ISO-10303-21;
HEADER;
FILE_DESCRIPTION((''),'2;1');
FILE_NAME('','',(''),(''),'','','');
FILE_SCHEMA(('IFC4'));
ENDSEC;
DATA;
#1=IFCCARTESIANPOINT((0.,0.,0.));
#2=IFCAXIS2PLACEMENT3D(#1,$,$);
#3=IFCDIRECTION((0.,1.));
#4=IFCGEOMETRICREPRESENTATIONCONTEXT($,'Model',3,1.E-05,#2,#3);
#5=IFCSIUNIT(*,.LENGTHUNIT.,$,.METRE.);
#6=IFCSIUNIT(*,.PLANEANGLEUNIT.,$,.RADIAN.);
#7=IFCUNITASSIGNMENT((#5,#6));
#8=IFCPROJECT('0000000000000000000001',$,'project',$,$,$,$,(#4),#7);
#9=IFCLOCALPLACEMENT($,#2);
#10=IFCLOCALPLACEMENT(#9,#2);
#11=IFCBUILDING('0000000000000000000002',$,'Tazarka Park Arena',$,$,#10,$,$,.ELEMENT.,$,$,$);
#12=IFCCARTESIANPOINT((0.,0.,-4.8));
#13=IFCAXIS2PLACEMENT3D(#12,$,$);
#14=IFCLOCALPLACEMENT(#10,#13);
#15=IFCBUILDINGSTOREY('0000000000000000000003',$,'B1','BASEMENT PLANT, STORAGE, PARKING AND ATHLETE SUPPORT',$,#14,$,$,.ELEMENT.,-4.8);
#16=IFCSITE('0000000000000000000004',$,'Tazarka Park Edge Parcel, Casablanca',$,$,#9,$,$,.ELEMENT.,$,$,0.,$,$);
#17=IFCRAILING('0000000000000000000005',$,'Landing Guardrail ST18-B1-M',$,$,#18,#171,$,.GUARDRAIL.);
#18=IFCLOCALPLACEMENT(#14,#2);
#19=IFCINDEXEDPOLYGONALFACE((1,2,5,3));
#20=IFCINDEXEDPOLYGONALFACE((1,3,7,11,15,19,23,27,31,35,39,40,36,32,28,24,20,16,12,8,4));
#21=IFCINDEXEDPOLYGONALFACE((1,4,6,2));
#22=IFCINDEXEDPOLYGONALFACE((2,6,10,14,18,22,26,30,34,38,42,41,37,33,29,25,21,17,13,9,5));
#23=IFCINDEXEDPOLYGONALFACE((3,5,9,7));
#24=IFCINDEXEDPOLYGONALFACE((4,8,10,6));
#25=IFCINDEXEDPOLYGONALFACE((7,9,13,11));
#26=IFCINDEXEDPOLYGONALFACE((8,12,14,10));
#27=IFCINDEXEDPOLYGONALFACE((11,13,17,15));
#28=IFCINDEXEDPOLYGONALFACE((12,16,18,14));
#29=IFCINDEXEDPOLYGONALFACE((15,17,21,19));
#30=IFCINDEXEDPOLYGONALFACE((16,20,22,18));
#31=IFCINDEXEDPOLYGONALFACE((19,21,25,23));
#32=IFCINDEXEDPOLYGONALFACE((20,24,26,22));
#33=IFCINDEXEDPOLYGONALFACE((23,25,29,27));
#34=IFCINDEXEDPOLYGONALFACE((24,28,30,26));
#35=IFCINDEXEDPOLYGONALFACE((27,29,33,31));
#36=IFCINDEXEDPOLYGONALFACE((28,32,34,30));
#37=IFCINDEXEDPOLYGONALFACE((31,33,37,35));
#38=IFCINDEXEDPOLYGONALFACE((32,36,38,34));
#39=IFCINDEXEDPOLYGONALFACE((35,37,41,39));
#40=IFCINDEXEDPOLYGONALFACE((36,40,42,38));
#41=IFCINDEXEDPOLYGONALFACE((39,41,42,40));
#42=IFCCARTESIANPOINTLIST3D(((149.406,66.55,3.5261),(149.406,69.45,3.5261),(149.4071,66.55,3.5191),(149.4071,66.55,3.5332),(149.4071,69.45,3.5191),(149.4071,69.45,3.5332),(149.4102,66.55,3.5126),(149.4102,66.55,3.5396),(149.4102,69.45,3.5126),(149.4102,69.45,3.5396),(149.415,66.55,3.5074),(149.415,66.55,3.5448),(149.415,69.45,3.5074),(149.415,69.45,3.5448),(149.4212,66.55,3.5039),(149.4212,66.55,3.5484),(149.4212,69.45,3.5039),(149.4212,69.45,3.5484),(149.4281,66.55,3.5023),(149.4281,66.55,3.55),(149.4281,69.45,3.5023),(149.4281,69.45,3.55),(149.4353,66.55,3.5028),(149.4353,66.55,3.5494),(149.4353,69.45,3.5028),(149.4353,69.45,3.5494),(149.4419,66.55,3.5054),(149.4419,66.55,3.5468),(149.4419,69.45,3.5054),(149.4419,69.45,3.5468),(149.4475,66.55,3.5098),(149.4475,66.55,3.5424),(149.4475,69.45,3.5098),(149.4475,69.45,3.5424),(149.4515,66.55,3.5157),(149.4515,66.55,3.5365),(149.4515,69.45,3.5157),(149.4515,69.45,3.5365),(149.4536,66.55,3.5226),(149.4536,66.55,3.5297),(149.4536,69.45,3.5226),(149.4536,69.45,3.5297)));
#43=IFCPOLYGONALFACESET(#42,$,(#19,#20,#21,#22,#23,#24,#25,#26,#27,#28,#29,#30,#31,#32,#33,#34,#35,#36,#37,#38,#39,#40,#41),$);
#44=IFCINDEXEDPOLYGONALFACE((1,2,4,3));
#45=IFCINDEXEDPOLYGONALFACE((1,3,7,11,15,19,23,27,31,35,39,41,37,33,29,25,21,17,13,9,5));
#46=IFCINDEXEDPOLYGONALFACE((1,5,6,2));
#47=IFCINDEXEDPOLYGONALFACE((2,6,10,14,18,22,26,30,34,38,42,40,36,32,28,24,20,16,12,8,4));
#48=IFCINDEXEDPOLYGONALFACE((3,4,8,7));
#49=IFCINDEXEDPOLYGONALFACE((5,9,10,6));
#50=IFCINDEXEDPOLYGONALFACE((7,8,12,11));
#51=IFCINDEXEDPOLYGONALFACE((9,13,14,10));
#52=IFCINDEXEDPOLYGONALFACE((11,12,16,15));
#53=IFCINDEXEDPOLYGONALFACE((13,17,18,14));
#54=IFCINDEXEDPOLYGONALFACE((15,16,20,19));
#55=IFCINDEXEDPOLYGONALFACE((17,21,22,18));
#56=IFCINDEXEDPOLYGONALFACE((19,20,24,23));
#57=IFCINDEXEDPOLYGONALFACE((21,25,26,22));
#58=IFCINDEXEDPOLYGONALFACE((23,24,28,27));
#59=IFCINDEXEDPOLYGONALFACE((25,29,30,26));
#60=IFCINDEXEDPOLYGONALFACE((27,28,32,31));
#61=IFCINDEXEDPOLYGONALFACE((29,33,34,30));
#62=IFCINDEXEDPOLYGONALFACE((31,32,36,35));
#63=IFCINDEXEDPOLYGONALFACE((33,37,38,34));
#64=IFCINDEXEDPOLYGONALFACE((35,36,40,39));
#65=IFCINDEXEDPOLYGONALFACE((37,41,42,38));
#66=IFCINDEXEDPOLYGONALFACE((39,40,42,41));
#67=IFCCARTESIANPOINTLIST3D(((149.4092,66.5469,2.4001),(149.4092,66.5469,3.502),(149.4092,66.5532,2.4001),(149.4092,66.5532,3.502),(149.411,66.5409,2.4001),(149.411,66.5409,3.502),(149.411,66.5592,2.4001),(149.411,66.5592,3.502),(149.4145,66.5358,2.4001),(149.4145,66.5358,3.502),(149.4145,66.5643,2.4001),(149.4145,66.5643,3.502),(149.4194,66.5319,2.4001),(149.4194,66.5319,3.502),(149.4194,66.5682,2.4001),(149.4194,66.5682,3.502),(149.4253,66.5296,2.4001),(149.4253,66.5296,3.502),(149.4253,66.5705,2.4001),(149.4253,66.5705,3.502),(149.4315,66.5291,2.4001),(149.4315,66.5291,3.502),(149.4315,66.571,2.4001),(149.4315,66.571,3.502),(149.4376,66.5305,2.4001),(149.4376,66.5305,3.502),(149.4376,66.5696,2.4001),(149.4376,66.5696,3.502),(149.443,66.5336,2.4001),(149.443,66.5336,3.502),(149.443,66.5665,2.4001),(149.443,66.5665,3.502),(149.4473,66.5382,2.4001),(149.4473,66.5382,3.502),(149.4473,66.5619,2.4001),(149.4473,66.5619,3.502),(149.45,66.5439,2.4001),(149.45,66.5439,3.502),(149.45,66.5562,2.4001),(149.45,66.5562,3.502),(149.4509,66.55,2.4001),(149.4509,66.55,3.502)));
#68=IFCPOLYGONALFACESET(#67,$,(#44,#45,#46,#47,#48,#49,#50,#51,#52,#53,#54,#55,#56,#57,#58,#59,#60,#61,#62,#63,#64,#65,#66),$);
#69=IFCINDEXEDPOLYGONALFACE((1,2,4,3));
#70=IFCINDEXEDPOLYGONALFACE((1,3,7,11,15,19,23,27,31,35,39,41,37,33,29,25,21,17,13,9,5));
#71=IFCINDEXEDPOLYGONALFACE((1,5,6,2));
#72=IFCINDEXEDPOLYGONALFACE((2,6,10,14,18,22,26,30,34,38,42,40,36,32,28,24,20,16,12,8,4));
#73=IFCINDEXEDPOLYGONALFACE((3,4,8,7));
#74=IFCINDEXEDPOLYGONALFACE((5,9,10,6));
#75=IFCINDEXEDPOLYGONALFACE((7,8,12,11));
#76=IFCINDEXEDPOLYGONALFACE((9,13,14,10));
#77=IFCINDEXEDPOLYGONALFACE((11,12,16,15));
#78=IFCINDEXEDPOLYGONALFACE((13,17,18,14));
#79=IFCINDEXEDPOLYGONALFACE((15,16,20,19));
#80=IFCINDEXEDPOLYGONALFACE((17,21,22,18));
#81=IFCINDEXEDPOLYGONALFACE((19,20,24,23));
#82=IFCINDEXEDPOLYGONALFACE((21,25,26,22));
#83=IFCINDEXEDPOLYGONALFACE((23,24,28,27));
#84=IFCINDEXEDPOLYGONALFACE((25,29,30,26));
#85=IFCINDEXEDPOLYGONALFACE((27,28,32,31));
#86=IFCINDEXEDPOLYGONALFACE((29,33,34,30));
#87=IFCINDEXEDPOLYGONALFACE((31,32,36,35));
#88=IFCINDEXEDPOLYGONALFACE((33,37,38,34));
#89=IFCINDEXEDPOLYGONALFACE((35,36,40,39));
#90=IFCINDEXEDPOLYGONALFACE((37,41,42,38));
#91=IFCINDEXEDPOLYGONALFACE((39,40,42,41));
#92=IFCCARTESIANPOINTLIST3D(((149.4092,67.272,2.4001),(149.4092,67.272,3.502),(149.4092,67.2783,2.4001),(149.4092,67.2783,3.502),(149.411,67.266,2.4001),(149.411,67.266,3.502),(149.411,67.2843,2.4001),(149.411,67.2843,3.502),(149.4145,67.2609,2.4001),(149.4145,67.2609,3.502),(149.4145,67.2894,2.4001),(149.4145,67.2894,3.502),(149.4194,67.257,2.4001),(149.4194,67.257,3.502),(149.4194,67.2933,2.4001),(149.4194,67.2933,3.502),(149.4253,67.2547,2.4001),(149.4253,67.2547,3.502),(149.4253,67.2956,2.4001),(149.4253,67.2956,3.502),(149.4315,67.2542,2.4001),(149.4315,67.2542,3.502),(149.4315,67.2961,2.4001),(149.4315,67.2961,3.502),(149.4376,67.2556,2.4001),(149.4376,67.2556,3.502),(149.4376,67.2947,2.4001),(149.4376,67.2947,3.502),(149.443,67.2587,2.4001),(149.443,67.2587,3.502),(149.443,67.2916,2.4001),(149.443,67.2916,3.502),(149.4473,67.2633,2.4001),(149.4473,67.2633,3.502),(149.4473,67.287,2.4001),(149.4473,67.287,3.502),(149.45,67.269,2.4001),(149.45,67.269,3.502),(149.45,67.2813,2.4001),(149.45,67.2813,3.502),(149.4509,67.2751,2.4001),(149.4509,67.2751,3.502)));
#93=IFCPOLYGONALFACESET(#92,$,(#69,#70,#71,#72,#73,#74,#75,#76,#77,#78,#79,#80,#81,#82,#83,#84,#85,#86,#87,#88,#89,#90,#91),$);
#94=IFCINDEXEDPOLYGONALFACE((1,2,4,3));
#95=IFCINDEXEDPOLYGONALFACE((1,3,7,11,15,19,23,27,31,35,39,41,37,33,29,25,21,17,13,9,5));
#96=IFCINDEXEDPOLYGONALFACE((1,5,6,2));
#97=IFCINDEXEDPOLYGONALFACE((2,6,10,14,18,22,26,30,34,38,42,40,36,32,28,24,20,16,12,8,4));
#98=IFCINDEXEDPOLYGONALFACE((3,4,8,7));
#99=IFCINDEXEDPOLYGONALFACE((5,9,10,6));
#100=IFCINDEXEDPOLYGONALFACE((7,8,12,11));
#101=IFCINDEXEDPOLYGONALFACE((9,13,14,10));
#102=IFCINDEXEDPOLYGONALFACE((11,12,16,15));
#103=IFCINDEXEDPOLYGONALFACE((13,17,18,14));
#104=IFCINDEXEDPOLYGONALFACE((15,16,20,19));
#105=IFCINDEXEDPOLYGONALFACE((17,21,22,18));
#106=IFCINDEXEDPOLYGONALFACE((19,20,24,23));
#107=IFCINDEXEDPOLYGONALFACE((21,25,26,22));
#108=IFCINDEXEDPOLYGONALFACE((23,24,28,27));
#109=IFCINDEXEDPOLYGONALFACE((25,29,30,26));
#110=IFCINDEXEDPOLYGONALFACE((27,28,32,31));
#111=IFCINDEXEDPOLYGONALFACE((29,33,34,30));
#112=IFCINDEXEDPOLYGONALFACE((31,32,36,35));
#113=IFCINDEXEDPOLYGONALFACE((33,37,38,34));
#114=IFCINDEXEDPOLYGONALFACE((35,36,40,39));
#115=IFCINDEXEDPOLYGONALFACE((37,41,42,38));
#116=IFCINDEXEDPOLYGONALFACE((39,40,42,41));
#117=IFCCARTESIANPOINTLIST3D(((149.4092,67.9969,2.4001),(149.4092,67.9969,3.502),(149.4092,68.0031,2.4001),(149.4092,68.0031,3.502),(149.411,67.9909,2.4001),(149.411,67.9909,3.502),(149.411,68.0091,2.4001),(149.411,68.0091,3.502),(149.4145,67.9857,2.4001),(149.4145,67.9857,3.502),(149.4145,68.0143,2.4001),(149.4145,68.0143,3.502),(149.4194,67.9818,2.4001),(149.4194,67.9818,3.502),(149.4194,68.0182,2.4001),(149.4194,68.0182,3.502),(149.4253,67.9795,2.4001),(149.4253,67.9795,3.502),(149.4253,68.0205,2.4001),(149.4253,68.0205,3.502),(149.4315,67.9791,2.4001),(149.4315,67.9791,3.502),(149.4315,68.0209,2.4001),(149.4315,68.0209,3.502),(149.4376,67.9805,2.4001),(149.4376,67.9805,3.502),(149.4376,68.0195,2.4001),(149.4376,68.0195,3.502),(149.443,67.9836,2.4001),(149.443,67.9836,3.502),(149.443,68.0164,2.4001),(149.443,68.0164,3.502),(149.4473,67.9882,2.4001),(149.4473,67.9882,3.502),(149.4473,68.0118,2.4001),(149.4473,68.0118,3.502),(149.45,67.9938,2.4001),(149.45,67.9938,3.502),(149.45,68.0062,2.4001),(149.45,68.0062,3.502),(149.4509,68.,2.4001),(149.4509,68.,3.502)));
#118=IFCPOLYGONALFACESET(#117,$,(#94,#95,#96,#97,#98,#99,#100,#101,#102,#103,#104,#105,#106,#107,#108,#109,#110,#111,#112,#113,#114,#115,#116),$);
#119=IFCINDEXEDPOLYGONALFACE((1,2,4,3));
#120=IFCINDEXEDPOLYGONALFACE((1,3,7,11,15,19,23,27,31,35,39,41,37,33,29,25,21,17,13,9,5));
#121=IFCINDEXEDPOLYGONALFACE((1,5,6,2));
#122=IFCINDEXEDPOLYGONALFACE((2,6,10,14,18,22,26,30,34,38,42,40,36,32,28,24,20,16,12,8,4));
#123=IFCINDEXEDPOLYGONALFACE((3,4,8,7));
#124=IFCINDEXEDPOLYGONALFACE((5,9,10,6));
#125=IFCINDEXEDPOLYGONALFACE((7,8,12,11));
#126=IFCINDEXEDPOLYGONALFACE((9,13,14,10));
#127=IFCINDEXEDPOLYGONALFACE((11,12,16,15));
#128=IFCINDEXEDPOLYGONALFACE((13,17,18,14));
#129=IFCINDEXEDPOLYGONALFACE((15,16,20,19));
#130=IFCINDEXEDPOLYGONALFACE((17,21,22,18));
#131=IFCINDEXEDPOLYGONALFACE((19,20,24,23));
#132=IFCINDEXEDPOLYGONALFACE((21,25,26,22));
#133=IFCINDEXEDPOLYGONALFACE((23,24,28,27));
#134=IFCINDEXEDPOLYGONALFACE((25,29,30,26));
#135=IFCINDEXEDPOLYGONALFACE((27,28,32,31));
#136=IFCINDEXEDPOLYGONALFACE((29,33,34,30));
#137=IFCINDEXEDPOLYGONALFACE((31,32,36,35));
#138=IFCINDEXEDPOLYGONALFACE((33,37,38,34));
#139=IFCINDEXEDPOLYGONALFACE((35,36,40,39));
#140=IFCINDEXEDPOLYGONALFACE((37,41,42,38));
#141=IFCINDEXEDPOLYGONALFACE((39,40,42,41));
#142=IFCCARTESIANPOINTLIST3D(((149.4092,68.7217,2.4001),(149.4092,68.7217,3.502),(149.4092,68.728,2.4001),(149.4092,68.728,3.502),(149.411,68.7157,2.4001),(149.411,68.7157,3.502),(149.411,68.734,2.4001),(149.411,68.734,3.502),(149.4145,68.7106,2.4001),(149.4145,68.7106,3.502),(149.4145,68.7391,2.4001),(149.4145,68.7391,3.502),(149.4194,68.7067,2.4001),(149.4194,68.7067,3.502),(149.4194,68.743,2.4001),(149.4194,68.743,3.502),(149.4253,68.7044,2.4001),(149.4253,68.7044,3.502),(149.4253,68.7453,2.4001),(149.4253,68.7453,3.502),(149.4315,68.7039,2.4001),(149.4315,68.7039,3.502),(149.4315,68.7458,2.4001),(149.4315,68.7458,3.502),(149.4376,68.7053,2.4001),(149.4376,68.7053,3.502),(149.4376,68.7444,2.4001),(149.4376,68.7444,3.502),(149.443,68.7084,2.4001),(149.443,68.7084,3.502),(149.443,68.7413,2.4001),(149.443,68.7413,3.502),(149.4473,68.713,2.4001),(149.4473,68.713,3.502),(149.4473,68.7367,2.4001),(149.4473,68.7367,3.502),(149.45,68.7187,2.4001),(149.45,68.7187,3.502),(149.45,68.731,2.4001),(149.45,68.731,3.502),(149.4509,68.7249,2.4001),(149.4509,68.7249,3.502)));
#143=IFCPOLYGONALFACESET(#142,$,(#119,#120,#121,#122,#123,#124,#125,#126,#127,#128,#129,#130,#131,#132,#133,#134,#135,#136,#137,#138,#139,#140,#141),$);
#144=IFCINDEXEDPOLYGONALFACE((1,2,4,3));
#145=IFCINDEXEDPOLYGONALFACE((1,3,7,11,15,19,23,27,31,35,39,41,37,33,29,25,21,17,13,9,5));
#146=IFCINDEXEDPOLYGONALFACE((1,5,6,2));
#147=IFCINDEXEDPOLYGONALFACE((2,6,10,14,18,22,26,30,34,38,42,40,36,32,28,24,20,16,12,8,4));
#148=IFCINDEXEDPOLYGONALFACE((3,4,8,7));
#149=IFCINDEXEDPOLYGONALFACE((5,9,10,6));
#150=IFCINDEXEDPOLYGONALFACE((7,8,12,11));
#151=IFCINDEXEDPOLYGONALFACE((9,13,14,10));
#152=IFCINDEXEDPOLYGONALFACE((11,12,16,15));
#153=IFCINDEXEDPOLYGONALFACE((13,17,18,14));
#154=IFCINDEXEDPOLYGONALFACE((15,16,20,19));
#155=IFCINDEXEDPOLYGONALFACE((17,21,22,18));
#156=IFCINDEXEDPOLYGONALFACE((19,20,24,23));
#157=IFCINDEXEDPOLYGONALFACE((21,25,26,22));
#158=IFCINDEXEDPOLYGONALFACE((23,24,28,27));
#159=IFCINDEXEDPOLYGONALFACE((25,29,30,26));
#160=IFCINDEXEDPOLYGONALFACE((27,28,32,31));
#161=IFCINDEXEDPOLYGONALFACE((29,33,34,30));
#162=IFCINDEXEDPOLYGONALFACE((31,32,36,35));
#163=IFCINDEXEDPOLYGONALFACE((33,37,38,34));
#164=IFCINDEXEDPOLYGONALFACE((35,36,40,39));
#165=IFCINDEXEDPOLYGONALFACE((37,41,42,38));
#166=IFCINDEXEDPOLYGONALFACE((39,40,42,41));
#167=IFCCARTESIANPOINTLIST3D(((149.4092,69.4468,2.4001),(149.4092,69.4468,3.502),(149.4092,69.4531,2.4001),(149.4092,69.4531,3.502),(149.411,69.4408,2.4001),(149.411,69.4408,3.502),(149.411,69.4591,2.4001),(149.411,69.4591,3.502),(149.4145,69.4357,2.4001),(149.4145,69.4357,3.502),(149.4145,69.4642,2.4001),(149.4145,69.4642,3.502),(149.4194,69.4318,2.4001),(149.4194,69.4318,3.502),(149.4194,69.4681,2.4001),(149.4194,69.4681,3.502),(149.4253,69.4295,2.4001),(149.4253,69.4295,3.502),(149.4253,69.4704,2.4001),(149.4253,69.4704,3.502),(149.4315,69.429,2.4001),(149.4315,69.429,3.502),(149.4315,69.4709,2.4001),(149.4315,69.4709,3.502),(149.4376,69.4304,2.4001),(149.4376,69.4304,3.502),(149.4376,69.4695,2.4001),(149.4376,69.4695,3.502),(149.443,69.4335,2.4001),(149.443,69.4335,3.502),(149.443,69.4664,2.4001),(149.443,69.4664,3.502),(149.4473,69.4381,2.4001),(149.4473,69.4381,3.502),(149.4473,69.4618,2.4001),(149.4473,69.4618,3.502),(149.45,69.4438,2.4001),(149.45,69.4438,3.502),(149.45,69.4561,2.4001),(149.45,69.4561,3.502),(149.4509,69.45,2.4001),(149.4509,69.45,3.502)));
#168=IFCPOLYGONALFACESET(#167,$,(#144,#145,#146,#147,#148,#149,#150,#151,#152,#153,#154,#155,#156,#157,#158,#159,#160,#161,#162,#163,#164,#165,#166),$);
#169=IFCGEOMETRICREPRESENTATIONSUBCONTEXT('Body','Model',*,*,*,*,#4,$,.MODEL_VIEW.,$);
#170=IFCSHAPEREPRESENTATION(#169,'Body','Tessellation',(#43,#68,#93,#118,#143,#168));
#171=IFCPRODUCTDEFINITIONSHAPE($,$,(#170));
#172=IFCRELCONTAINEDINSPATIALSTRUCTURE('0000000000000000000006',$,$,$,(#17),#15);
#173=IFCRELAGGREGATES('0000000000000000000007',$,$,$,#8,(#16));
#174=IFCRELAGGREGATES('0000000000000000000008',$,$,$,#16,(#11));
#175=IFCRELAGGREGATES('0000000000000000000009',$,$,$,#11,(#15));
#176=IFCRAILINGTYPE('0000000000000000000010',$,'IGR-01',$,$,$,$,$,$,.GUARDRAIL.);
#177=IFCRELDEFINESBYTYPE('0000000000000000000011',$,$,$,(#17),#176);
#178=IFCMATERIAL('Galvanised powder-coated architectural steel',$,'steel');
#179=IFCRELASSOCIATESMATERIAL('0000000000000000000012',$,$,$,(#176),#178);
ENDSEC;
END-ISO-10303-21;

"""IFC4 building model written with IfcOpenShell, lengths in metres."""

from ifc_helpers import new_model, si_unit, direction, frame, origin, origin_2d, place, context, subcontext, project, spatial, circle, extrude, material, type_object, element, save


model = new_model("IFC4")

# Units and contexts
model_context = context("Model", 3, precision=1e-05, world=origin(), true_north=direction((0.0, 1.0)))
body_context = subcontext(model_context, "Body", "Model", "MODEL_VIEW")
ifc_project = project(units=[si_unit("LENGTHUNIT", "METRE"), si_unit("PLANEANGLEUNIT", "RADIAN")], contexts=[model_context])

# Site, building, storey
site_placement = place(None, origin())
site = spatial("IfcSite", under=ifc_project, at=site_placement, Name="Tazarka Park Edge Parcel, Casablanca", CompositionType="ELEMENT", RefElevation=0.0)
building_placement = place(site_placement, origin())
building = spatial("IfcBuilding", under=site, at=building_placement, Name="Tazarka Park Arena", CompositionType="ELEMENT")
storey_placement = place(building_placement, frame((0.0, 0.0, -4.8)))
storey = spatial("IfcBuildingStorey", under=building, at=storey_placement, Name="B1", Description="BASEMENT PLANT, STORAGE, PARKING AND ATHLETE SUPPORT", CompositionType="ELEMENT", Elevation=-4.8)

# Railing
ifc_material_1 = material(Name="Galvanised powder-coated architectural steel", Category="steel")
railing_type_1 = type_object("IfcRailingType", Name="IGR-01", PredefinedType="GUARDRAIL", material=ifc_material_1)
railing_1_placement = place(storey_placement, frame((149.4299, 66.55, 2.4001)))
element("IfcRailing", 1, at=railing_1_placement, inside=storey, type_object=railing_type_1, Name="Landing Guardrail ST18-B1-M", PredefinedType="GUARDRAIL", context=body_context, shape_type="SweptSolid", body=[
    extrude(circle(Radius=0.0239, at=origin_2d()), frame((0.0, 0.0, 1.126), z_axis=(0.0, 1.0, 0.0), x_axis=(-1.0, 0.0, 0.0)), (0.0, 0.0, 1.0), 2.8999),
    extrude(circle(Radius=0.021, at=origin_2d()), origin(), (0.0, 0.0, 1.0), 1.1018),
    extrude(circle(Radius=0.021, at=origin_2d()), frame((0.0, 0.7251, 0.0)), (0.0, 0.0, 1.0), 1.1018),
    extrude(circle(Radius=0.021, at=origin_2d()), frame((0.0, 1.45, 0.0)), (0.0, 0.0, 1.0), 1.1018),
    extrude(circle(Radius=0.021, at=origin_2d()), frame((0.0, 2.1748, 0.0)), (0.0, 0.0, 1.0), 1.1018),
    extrude(circle(Radius=0.021, at=origin_2d()), frame((0.0, 2.8999, 0.0)), (0.0, 0.0, 1.0), 1.1018),
])

save(model, "model.ifc")
